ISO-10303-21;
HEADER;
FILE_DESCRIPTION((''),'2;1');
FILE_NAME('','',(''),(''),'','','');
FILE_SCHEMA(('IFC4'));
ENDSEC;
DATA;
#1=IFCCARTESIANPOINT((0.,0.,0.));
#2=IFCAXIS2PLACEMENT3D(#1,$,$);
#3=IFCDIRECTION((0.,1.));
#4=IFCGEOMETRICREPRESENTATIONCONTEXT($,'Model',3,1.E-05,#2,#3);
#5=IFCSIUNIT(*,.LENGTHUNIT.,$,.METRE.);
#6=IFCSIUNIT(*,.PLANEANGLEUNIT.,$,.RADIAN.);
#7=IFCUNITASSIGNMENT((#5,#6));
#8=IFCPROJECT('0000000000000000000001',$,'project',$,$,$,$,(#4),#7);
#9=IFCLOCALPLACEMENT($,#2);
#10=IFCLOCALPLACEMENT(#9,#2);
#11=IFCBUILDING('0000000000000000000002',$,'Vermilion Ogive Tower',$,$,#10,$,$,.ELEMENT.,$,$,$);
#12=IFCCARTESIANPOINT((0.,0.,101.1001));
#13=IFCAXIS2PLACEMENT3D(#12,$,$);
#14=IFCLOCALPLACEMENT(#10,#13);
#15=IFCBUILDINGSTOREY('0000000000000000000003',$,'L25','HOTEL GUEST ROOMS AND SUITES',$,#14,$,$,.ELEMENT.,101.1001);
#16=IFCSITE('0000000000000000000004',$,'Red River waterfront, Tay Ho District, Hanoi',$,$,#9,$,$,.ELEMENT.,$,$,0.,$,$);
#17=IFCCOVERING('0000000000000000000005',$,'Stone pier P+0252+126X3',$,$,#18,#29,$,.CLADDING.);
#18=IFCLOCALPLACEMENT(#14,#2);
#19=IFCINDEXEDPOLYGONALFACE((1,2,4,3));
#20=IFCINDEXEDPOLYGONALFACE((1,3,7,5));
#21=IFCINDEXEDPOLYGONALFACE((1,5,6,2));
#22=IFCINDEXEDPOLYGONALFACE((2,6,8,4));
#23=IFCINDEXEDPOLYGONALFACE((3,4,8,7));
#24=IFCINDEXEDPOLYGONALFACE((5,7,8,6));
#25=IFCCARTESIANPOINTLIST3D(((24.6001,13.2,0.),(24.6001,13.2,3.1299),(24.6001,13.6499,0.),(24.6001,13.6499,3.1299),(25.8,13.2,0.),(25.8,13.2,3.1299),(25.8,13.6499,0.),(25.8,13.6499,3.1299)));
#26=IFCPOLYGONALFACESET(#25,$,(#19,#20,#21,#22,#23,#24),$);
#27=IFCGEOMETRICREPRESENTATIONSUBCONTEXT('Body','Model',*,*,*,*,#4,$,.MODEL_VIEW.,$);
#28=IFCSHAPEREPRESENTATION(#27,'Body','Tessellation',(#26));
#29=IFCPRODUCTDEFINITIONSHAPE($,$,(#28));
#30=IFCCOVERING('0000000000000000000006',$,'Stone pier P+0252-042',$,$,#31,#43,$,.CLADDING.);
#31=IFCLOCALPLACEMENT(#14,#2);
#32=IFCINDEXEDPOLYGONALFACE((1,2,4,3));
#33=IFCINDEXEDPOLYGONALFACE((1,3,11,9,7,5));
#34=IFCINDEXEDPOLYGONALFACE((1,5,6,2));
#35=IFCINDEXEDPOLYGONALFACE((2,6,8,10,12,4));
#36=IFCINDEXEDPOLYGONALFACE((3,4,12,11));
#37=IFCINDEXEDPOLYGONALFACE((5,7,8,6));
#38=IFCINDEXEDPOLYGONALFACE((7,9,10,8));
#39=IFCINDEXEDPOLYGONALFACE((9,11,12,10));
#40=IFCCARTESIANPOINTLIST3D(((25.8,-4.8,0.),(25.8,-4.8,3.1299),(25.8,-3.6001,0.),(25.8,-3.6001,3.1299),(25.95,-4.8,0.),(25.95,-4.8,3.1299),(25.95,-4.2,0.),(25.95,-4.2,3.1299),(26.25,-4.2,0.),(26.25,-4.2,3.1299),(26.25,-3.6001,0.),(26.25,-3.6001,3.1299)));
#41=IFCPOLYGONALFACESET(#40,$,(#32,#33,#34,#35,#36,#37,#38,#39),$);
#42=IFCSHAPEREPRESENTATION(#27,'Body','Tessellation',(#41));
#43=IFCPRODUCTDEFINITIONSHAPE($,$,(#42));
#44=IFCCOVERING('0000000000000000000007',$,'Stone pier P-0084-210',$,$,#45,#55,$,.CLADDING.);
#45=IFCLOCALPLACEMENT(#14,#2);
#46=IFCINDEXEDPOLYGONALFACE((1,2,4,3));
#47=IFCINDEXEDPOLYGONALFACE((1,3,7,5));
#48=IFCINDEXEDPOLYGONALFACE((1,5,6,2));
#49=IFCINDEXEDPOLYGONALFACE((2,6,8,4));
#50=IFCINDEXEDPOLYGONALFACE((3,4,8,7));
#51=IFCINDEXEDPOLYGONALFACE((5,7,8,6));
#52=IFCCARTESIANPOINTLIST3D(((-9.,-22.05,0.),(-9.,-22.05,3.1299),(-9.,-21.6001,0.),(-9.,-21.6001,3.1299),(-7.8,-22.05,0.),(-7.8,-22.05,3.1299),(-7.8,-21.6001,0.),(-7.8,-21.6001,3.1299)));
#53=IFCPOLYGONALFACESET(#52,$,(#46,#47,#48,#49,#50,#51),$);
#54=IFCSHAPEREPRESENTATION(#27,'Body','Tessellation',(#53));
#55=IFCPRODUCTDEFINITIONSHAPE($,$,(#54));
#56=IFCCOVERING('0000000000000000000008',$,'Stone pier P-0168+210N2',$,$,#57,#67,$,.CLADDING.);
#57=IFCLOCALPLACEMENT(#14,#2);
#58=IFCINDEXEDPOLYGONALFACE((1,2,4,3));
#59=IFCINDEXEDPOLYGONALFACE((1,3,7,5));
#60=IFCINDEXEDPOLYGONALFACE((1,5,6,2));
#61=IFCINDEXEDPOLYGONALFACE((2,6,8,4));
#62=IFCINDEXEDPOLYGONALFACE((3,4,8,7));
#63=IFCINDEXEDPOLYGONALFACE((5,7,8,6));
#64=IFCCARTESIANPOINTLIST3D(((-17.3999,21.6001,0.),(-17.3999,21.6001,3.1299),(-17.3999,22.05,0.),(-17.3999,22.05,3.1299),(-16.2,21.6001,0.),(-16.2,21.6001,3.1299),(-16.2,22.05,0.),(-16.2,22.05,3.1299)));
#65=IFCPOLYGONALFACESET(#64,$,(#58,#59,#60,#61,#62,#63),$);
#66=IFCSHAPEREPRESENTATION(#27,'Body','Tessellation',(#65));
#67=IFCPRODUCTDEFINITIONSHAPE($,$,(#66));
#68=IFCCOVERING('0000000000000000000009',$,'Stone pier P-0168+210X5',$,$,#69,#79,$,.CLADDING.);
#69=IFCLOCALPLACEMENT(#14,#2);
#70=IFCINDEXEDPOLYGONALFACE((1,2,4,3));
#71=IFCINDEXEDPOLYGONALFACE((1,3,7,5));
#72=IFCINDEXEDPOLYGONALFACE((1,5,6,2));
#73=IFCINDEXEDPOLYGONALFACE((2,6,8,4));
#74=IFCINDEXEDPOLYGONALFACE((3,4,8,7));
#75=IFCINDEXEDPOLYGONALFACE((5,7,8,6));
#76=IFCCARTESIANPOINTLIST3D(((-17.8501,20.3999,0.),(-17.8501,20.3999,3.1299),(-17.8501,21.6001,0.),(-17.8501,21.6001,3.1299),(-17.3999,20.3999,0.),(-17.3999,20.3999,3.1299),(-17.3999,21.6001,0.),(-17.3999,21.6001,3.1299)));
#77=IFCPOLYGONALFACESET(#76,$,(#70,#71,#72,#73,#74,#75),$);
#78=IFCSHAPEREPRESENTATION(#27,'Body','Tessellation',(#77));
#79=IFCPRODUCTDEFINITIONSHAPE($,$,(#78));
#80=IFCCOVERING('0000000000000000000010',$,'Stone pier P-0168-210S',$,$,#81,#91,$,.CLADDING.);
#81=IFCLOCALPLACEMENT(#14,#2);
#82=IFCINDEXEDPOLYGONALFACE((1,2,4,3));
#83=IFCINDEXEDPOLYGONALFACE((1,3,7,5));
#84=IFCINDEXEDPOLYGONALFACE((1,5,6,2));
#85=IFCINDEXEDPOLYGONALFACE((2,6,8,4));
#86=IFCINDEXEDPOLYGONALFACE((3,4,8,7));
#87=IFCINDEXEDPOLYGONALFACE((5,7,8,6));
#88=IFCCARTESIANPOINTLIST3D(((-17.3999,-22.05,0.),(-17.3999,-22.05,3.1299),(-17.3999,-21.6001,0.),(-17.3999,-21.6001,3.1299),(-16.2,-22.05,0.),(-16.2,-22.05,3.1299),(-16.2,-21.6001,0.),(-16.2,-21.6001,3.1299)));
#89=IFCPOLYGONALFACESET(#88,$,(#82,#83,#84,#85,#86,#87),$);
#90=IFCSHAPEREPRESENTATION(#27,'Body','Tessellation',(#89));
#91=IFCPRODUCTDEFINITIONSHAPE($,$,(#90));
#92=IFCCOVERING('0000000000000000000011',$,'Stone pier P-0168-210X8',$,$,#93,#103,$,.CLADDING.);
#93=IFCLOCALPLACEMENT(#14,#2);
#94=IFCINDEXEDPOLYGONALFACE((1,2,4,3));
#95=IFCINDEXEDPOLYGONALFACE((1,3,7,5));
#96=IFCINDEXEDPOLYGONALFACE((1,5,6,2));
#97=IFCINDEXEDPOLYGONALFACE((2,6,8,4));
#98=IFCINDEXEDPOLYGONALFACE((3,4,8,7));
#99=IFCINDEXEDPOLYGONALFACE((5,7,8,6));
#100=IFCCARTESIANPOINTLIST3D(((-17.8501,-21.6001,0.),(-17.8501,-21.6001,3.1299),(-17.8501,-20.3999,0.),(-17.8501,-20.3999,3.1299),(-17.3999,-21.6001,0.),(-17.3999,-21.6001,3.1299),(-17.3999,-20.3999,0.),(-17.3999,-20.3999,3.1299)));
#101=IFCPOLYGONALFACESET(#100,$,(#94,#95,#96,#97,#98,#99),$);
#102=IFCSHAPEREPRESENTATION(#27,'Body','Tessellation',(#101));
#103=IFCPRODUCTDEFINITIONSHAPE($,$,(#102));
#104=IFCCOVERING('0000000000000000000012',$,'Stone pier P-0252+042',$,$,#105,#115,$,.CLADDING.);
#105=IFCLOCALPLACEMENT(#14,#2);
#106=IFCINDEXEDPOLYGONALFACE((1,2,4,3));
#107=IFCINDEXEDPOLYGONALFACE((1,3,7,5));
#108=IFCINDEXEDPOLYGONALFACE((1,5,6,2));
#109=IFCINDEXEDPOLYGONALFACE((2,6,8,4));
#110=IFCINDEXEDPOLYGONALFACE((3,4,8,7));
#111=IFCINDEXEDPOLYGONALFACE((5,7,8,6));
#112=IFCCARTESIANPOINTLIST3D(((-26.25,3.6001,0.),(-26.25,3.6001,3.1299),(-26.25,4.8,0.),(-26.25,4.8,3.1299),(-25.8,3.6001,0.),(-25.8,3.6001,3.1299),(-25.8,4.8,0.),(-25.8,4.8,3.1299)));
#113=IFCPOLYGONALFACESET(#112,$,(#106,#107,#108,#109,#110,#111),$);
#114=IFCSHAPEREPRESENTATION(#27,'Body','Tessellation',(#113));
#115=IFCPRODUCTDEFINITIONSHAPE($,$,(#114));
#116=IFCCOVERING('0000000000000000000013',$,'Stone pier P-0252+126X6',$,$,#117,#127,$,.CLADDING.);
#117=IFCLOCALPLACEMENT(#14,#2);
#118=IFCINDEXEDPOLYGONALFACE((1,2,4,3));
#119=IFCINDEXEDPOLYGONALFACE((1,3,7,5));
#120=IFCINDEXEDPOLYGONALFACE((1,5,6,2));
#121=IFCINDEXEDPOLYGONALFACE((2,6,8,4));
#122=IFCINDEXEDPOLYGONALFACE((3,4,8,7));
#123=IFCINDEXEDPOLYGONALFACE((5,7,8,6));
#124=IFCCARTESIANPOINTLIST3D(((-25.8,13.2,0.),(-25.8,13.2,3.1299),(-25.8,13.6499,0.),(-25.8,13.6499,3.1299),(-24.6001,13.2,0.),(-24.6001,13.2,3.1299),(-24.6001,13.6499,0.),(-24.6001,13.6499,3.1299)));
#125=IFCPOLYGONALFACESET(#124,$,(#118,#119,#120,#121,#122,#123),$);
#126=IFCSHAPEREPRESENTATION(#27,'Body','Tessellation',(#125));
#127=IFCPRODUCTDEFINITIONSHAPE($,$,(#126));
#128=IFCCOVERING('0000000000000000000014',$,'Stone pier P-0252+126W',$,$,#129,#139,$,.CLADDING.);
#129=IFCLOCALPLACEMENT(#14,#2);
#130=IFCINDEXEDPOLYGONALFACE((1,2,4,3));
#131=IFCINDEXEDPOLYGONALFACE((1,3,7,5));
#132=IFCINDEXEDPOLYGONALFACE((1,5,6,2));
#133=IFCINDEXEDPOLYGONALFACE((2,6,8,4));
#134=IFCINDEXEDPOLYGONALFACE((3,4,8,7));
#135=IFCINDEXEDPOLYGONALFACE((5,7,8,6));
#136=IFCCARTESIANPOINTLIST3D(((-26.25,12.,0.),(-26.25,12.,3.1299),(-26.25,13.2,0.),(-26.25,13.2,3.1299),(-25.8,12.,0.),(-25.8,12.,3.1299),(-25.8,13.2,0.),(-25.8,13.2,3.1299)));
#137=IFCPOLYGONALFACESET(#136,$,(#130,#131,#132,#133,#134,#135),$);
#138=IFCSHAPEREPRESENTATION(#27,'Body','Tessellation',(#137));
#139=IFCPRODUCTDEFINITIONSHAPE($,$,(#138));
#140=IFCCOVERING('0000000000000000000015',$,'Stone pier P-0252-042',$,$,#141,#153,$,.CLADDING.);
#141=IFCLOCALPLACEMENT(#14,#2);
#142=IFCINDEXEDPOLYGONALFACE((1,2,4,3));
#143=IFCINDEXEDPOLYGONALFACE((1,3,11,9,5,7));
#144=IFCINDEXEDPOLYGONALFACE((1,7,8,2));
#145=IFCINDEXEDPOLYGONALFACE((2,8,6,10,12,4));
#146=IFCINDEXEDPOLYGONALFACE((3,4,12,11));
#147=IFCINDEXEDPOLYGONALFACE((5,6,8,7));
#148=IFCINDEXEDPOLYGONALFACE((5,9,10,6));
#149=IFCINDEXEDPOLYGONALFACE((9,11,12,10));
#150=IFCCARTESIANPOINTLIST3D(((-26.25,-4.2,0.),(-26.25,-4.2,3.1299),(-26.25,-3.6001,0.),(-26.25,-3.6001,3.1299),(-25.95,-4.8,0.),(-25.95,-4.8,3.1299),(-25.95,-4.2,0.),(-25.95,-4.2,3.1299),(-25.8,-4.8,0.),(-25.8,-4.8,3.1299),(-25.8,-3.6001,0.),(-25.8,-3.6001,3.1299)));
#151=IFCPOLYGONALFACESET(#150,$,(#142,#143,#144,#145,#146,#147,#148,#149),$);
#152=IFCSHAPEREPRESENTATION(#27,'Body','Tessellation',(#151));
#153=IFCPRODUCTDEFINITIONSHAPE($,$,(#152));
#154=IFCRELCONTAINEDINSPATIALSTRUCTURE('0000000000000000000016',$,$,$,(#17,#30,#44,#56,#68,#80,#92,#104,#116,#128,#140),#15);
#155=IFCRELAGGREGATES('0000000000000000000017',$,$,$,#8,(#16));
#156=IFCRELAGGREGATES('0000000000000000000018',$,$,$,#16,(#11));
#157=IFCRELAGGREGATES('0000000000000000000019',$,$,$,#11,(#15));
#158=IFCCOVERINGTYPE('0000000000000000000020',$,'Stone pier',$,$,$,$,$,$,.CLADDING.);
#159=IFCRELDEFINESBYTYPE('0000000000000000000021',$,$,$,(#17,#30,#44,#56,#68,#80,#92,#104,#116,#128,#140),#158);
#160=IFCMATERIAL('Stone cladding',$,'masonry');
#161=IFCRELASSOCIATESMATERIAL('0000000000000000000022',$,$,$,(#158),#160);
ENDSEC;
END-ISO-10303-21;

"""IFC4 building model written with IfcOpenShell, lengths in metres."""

from ifc_helpers import new_model, si_unit, direction, frame, origin, place, context, subcontext, project, spatial, polyline, outline, extrude, material, type_object, element, save


model = new_model("IFC4")

# Units and contexts
model_context = context("Model", 3, precision=1e-05, world=origin(), true_north=direction((0.0, 1.0)))
body_context = subcontext(model_context, "Body", "Model", "MODEL_VIEW")
ifc_project = project(units=[si_unit("LENGTHUNIT", "METRE"), si_unit("PLANEANGLEUNIT", "RADIAN")], contexts=[model_context])

# Site, building, storey
site_placement = place(None, origin())
site = spatial("IfcSite", under=ifc_project, at=site_placement, Name="Red River waterfront, Tay Ho District, Hanoi", CompositionType="ELEMENT", RefElevation=0.0)
building_placement = place(site_placement, origin())
building = spatial("IfcBuilding", under=site, at=building_placement, Name="Vermilion Ogive Tower", CompositionType="ELEMENT")
storey_placement = place(building_placement, frame((0.0, 0.0, 101.1001)))
storey = spatial("IfcBuildingStorey", under=building, at=storey_placement, Name="L25", Description="HOTEL GUEST ROOMS AND SUITES", CompositionType="ELEMENT", Elevation=101.1001)

# Coverings
ifc_material_1 = material(Name="Stone cladding", Category="masonry")
covering_type = type_object("IfcCoveringType", Name="Stone pier", PredefinedType="CLADDING", material=ifc_material_1)
covering_1_placement = place(storey_placement, origin())
element("IfcCovering", 1, at=covering_1_placement, inside=storey, type_object=covering_type, Name="Stone pier P+0252+126X3", PredefinedType="CLADDING", context=body_context, shape_type="SweptSolid", body=[
    extrude(outline(polyline([(25.8, 13.6499), (25.8, 13.2), (25.8, 13.2), (24.6001, 13.2), (24.6001, 13.6499), (25.8, 13.6499)])), origin(), (0.0, 0.0, 1.0), 3.1299),
])
covering_2_placement = place(storey_placement, origin())
element("IfcCovering", 2, at=covering_2_placement, inside=storey, type_object=covering_type, Name="Stone pier P+0252-042", PredefinedType="CLADDING", context=body_context, shape_type="SweptSolid", body=[
    extrude(outline(polyline([(25.8, -3.6001), (26.25, -3.6001), (26.25, -4.2), (25.95, -4.2), (25.95, -4.8), (26.25, -4.8), (26.25, -4.8), (25.8, -4.8), (25.8, -4.8), (25.8, -3.6001)])), origin(), (0.0, 0.0, 1.0), 3.1299),
])
covering_3_placement = place(storey_placement, origin())
element("IfcCovering", 3, at=covering_3_placement, inside=storey, type_object=covering_type, Name="Stone pier P-0084-210", PredefinedType="CLADDING", context=body_context, shape_type="SweptSolid", body=[
    extrude(outline(polyline([(-7.8, -22.05), (-9.0, -22.05), (-9.0, -21.6001), (-7.8, -21.6001), (-7.8, -22.05)])), origin(), (0.0, 0.0, 1.0), 3.1299),
])
covering_4_placement = place(storey_placement, origin())
element("IfcCovering", 4, at=covering_4_placement, inside=storey, type_object=covering_type, Name="Stone pier P-0168+210N2", PredefinedType="CLADDING", context=body_context, shape_type="SweptSolid", body=[
    extrude(outline(polyline([(-17.3999, 22.05), (-16.2, 22.05), (-16.2, 21.6001), (-17.3999, 21.6001), (-17.3999, 22.05)])), origin(), (0.0, 0.0, 1.0), 3.1299),
])
covering_5_placement = place(storey_placement, origin())
element("IfcCovering", 5, at=covering_5_placement, inside=storey, type_object=covering_type, Name="Stone pier P-0168+210X5", PredefinedType="CLADDING", context=body_context, shape_type="SweptSolid", body=[
    extrude(outline(polyline([(-17.8501, 21.6001), (-17.3999, 21.6001), (-17.3999, 20.3999), (-17.8501, 20.3999), (-17.8501, 21.6001)])), origin(), (0.0, 0.0, 1.0), 3.1299),
])
covering_6_placement = place(storey_placement, origin())
element("IfcCovering", 6, at=covering_6_placement, inside=storey, type_object=covering_type, Name="Stone pier P-0168-210S", PredefinedType="CLADDING", context=body_context, shape_type="SweptSolid", body=[
    extrude(outline(polyline([(-16.2, -22.05), (-17.3999, -22.05), (-17.3999, -21.6001), (-16.2, -21.6001), (-16.2, -22.05)])), origin(), (0.0, 0.0, 1.0), 3.1299),
])
covering_7_placement = place(storey_placement, origin())
element("IfcCovering", 7, at=covering_7_placement, inside=storey, type_object=covering_type, Name="Stone pier P-0168-210X8", PredefinedType="CLADDING", context=body_context, shape_type="SweptSolid", body=[
    extrude(outline(polyline([(-17.8501, -20.3999), (-17.3999, -20.3999), (-17.3999, -21.6001), (-17.8501, -21.6001), (-17.8501, -20.3999)])), origin(), (0.0, 0.0, 1.0), 3.1299),
])
covering_8_placement = place(storey_placement, origin())
element("IfcCovering", 8, at=covering_8_placement, inside=storey, type_object=covering_type, Name="Stone pier P-0252+042", PredefinedType="CLADDING", context=body_context, shape_type="SweptSolid", body=[
    extrude(outline(polyline([(-25.8, 3.6001), (-26.25, 3.6001), (-26.25, 4.8), (-25.8, 4.8), (-25.8, 4.8), (-25.8, 3.6001)])), origin(), (0.0, 0.0, 1.0), 3.1299),
])
covering_9_placement = place(storey_placement, origin())
element("IfcCovering", 9, at=covering_9_placement, inside=storey, type_object=covering_type, Name="Stone pier P-0252+126X6", PredefinedType="CLADDING", context=body_context, shape_type="SweptSolid", body=[
    extrude(outline(polyline([(-25.8, 13.2), (-25.8, 13.6499), (-24.6001, 13.6499), (-24.6001, 13.2), (-24.6001, 13.2), (-25.8, 13.2)])), origin(), (0.0, 0.0, 1.0), 3.1299),
])
covering_10_placement = place(storey_placement, origin())
element("IfcCovering", 10, at=covering_10_placement, inside=storey, type_object=covering_type, Name="Stone pier P-0252+126W", PredefinedType="CLADDING", context=body_context, shape_type="SweptSolid", body=[
    extrude(outline(polyline([(-26.25, 13.2), (-25.8, 13.2), (-25.8, 12.0), (-26.25, 12.0), (-26.25, 13.2)])), origin(), (0.0, 0.0, 1.0), 3.1299),
])
covering_11_placement = place(storey_placement, origin())
element("IfcCovering", 11, at=covering_11_placement, inside=storey, type_object=covering_type, Name="Stone pier P-0252-042", PredefinedType="CLADDING", context=body_context, shape_type="SweptSolid", body=[
    extrude(outline(polyline([(-25.8, -4.8), (-25.8, -4.8), (-26.25, -4.8), (-26.25, -4.8), (-25.95, -4.8), (-25.95, -4.2), (-26.25, -4.2), (-26.25, -3.6001), (-25.8, -3.6001), (-25.8, -3.6001), (-25.8, -4.8)])), origin(), (0.0, 0.0, 1.0), 3.1299),
])

save(model, "model.ifc")
